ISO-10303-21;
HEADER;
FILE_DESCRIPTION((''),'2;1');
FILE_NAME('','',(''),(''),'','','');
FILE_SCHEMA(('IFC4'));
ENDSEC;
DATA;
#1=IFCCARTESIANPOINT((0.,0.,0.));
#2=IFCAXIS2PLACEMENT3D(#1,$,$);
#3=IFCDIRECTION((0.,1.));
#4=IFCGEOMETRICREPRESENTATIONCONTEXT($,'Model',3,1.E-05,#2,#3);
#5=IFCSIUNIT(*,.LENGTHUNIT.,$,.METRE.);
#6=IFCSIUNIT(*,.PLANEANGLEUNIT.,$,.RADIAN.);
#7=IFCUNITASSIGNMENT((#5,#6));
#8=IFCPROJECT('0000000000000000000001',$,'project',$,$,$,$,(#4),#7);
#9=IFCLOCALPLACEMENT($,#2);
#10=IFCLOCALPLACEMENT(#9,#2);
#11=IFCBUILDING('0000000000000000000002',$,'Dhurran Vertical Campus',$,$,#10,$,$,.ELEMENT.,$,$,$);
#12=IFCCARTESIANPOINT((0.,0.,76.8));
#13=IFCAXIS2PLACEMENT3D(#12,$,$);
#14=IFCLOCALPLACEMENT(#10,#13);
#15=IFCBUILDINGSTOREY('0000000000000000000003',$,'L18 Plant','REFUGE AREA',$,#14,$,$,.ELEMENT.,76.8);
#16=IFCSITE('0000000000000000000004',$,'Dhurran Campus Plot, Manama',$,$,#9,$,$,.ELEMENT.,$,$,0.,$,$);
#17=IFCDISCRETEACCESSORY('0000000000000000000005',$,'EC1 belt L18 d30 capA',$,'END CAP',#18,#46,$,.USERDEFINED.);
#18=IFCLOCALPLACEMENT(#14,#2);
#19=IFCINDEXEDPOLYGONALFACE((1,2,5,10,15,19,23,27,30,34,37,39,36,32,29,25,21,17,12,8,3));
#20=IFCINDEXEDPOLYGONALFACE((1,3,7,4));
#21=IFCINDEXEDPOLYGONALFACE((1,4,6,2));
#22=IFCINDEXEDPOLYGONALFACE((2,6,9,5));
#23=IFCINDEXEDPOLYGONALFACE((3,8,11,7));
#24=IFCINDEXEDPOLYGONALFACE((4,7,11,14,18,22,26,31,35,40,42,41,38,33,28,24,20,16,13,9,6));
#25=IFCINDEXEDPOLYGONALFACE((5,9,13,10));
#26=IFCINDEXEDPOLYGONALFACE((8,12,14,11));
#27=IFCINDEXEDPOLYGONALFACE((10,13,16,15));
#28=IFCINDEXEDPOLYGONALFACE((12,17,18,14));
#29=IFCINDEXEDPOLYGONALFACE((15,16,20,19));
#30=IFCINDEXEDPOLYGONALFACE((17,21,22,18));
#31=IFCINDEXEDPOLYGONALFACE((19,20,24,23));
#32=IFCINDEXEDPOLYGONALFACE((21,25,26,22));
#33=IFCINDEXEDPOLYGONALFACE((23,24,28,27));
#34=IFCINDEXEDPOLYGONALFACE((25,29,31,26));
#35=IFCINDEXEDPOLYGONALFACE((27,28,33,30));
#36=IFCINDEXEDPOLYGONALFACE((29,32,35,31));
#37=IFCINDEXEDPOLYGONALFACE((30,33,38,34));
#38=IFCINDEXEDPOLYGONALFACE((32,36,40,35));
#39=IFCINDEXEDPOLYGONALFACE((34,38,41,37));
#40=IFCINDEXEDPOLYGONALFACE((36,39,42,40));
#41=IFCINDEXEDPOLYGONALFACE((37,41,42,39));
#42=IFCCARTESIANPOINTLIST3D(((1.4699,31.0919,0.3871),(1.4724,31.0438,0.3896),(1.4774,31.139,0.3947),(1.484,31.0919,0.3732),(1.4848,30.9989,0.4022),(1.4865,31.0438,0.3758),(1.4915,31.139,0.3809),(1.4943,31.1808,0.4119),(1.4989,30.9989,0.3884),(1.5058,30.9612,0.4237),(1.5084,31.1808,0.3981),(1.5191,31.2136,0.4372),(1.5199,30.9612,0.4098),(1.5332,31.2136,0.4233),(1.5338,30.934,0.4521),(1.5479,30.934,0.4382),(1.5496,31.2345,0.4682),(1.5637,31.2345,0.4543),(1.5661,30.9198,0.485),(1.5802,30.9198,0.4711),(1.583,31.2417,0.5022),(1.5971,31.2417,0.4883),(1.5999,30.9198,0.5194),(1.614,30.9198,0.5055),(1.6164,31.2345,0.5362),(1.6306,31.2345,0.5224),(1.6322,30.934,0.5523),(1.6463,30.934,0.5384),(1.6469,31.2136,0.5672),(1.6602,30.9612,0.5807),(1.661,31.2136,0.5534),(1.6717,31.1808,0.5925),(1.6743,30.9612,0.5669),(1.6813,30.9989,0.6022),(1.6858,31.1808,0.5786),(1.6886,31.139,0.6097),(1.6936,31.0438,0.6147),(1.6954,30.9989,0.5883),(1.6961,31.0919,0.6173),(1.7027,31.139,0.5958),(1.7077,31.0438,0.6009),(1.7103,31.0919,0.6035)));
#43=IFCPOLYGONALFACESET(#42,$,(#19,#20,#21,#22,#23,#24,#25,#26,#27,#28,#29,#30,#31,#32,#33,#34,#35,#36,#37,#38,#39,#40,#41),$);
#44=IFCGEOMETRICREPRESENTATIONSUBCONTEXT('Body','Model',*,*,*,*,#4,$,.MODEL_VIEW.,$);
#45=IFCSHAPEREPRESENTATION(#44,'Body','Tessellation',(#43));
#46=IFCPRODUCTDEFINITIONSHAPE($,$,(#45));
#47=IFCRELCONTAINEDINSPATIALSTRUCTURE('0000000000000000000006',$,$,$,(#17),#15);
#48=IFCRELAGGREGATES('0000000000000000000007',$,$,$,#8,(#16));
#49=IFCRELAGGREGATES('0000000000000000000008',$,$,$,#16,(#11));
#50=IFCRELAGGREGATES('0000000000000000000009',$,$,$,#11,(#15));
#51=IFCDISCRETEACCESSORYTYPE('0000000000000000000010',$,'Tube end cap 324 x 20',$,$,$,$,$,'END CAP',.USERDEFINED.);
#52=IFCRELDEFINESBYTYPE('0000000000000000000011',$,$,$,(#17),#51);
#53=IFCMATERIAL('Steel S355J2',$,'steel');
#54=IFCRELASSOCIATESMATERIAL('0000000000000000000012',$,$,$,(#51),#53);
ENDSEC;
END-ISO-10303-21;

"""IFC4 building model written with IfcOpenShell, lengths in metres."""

from ifc_helpers import new_model, si_unit, direction, frame, origin, origin_2d, place, context, subcontext, project, spatial, circle, extrude, material, material_profile, profile_set, type_object, element, save


model = new_model("IFC4")

# Units and contexts
model_context = context("Model", 3, precision=1e-05, world=origin(), true_north=direction((0.0, 1.0)))
body_context = subcontext(model_context, "Body", "Model", "MODEL_VIEW")
ifc_project = project(units=[si_unit("LENGTHUNIT", "METRE"), si_unit("PLANEANGLEUNIT", "RADIAN")], contexts=[model_context])

# Site, building, storey
site_placement = place(None, origin())
site = spatial("IfcSite", under=ifc_project, at=site_placement, Name="Dhurran Campus Plot, Manama", CompositionType="ELEMENT", RefElevation=0.0)
building_placement = place(site_placement, origin())
building = spatial("IfcBuilding", under=site, at=building_placement, Name="Dhurran Vertical Campus", CompositionType="ELEMENT")
storey_placement = place(building_placement, frame((0.0, 0.0, 76.8)))
storey = spatial("IfcBuildingStorey", under=building, at=storey_placement, Name="L18 Plant", Description="REFUGE AREA", CompositionType="ELEMENT", Elevation=76.8)

# Discrete accessory
ifc_material_1 = material(Name="Steel S355J2", Category="steel")
ifc_material_profile_1 = material_profile(ifc_material_1, circle(Radius=0.1619, at=origin_2d()), Name="Tube end cap 324 x 20")
ifc_profile_set_1 = profile_set([ifc_material_profile_1], Name="Steel S355J2")
discrete_accessory_type = type_object("IfcDiscreteAccessoryType", Name="Tube end cap 324 x 20", ElementType="END CAP", PredefinedType="USERDEFINED", material=ifc_profile_set_1)
discrete_accessory_1_placement = place(storey_placement, frame((1.583, 31.0798, 0.5022), z_axis=(0.713229, 0.0, -0.700932), x_axis=(0.0, 1.0, 0.0)))
element("IfcDiscreteAccessory", 1, at=discrete_accessory_1_placement, inside=storey, type_object=discrete_accessory_type, Name="EC1 belt L18 d30 capA", ObjectType="END CAP", PredefinedType="USERDEFINED", context=body_context, shape_type="SweptSolid", body=[
    extrude(circle(Radius=0.1619, at=origin_2d()), origin(), (0.0, 0.0, 1.0), 0.0198),
])

save(model, "model.ifc")
